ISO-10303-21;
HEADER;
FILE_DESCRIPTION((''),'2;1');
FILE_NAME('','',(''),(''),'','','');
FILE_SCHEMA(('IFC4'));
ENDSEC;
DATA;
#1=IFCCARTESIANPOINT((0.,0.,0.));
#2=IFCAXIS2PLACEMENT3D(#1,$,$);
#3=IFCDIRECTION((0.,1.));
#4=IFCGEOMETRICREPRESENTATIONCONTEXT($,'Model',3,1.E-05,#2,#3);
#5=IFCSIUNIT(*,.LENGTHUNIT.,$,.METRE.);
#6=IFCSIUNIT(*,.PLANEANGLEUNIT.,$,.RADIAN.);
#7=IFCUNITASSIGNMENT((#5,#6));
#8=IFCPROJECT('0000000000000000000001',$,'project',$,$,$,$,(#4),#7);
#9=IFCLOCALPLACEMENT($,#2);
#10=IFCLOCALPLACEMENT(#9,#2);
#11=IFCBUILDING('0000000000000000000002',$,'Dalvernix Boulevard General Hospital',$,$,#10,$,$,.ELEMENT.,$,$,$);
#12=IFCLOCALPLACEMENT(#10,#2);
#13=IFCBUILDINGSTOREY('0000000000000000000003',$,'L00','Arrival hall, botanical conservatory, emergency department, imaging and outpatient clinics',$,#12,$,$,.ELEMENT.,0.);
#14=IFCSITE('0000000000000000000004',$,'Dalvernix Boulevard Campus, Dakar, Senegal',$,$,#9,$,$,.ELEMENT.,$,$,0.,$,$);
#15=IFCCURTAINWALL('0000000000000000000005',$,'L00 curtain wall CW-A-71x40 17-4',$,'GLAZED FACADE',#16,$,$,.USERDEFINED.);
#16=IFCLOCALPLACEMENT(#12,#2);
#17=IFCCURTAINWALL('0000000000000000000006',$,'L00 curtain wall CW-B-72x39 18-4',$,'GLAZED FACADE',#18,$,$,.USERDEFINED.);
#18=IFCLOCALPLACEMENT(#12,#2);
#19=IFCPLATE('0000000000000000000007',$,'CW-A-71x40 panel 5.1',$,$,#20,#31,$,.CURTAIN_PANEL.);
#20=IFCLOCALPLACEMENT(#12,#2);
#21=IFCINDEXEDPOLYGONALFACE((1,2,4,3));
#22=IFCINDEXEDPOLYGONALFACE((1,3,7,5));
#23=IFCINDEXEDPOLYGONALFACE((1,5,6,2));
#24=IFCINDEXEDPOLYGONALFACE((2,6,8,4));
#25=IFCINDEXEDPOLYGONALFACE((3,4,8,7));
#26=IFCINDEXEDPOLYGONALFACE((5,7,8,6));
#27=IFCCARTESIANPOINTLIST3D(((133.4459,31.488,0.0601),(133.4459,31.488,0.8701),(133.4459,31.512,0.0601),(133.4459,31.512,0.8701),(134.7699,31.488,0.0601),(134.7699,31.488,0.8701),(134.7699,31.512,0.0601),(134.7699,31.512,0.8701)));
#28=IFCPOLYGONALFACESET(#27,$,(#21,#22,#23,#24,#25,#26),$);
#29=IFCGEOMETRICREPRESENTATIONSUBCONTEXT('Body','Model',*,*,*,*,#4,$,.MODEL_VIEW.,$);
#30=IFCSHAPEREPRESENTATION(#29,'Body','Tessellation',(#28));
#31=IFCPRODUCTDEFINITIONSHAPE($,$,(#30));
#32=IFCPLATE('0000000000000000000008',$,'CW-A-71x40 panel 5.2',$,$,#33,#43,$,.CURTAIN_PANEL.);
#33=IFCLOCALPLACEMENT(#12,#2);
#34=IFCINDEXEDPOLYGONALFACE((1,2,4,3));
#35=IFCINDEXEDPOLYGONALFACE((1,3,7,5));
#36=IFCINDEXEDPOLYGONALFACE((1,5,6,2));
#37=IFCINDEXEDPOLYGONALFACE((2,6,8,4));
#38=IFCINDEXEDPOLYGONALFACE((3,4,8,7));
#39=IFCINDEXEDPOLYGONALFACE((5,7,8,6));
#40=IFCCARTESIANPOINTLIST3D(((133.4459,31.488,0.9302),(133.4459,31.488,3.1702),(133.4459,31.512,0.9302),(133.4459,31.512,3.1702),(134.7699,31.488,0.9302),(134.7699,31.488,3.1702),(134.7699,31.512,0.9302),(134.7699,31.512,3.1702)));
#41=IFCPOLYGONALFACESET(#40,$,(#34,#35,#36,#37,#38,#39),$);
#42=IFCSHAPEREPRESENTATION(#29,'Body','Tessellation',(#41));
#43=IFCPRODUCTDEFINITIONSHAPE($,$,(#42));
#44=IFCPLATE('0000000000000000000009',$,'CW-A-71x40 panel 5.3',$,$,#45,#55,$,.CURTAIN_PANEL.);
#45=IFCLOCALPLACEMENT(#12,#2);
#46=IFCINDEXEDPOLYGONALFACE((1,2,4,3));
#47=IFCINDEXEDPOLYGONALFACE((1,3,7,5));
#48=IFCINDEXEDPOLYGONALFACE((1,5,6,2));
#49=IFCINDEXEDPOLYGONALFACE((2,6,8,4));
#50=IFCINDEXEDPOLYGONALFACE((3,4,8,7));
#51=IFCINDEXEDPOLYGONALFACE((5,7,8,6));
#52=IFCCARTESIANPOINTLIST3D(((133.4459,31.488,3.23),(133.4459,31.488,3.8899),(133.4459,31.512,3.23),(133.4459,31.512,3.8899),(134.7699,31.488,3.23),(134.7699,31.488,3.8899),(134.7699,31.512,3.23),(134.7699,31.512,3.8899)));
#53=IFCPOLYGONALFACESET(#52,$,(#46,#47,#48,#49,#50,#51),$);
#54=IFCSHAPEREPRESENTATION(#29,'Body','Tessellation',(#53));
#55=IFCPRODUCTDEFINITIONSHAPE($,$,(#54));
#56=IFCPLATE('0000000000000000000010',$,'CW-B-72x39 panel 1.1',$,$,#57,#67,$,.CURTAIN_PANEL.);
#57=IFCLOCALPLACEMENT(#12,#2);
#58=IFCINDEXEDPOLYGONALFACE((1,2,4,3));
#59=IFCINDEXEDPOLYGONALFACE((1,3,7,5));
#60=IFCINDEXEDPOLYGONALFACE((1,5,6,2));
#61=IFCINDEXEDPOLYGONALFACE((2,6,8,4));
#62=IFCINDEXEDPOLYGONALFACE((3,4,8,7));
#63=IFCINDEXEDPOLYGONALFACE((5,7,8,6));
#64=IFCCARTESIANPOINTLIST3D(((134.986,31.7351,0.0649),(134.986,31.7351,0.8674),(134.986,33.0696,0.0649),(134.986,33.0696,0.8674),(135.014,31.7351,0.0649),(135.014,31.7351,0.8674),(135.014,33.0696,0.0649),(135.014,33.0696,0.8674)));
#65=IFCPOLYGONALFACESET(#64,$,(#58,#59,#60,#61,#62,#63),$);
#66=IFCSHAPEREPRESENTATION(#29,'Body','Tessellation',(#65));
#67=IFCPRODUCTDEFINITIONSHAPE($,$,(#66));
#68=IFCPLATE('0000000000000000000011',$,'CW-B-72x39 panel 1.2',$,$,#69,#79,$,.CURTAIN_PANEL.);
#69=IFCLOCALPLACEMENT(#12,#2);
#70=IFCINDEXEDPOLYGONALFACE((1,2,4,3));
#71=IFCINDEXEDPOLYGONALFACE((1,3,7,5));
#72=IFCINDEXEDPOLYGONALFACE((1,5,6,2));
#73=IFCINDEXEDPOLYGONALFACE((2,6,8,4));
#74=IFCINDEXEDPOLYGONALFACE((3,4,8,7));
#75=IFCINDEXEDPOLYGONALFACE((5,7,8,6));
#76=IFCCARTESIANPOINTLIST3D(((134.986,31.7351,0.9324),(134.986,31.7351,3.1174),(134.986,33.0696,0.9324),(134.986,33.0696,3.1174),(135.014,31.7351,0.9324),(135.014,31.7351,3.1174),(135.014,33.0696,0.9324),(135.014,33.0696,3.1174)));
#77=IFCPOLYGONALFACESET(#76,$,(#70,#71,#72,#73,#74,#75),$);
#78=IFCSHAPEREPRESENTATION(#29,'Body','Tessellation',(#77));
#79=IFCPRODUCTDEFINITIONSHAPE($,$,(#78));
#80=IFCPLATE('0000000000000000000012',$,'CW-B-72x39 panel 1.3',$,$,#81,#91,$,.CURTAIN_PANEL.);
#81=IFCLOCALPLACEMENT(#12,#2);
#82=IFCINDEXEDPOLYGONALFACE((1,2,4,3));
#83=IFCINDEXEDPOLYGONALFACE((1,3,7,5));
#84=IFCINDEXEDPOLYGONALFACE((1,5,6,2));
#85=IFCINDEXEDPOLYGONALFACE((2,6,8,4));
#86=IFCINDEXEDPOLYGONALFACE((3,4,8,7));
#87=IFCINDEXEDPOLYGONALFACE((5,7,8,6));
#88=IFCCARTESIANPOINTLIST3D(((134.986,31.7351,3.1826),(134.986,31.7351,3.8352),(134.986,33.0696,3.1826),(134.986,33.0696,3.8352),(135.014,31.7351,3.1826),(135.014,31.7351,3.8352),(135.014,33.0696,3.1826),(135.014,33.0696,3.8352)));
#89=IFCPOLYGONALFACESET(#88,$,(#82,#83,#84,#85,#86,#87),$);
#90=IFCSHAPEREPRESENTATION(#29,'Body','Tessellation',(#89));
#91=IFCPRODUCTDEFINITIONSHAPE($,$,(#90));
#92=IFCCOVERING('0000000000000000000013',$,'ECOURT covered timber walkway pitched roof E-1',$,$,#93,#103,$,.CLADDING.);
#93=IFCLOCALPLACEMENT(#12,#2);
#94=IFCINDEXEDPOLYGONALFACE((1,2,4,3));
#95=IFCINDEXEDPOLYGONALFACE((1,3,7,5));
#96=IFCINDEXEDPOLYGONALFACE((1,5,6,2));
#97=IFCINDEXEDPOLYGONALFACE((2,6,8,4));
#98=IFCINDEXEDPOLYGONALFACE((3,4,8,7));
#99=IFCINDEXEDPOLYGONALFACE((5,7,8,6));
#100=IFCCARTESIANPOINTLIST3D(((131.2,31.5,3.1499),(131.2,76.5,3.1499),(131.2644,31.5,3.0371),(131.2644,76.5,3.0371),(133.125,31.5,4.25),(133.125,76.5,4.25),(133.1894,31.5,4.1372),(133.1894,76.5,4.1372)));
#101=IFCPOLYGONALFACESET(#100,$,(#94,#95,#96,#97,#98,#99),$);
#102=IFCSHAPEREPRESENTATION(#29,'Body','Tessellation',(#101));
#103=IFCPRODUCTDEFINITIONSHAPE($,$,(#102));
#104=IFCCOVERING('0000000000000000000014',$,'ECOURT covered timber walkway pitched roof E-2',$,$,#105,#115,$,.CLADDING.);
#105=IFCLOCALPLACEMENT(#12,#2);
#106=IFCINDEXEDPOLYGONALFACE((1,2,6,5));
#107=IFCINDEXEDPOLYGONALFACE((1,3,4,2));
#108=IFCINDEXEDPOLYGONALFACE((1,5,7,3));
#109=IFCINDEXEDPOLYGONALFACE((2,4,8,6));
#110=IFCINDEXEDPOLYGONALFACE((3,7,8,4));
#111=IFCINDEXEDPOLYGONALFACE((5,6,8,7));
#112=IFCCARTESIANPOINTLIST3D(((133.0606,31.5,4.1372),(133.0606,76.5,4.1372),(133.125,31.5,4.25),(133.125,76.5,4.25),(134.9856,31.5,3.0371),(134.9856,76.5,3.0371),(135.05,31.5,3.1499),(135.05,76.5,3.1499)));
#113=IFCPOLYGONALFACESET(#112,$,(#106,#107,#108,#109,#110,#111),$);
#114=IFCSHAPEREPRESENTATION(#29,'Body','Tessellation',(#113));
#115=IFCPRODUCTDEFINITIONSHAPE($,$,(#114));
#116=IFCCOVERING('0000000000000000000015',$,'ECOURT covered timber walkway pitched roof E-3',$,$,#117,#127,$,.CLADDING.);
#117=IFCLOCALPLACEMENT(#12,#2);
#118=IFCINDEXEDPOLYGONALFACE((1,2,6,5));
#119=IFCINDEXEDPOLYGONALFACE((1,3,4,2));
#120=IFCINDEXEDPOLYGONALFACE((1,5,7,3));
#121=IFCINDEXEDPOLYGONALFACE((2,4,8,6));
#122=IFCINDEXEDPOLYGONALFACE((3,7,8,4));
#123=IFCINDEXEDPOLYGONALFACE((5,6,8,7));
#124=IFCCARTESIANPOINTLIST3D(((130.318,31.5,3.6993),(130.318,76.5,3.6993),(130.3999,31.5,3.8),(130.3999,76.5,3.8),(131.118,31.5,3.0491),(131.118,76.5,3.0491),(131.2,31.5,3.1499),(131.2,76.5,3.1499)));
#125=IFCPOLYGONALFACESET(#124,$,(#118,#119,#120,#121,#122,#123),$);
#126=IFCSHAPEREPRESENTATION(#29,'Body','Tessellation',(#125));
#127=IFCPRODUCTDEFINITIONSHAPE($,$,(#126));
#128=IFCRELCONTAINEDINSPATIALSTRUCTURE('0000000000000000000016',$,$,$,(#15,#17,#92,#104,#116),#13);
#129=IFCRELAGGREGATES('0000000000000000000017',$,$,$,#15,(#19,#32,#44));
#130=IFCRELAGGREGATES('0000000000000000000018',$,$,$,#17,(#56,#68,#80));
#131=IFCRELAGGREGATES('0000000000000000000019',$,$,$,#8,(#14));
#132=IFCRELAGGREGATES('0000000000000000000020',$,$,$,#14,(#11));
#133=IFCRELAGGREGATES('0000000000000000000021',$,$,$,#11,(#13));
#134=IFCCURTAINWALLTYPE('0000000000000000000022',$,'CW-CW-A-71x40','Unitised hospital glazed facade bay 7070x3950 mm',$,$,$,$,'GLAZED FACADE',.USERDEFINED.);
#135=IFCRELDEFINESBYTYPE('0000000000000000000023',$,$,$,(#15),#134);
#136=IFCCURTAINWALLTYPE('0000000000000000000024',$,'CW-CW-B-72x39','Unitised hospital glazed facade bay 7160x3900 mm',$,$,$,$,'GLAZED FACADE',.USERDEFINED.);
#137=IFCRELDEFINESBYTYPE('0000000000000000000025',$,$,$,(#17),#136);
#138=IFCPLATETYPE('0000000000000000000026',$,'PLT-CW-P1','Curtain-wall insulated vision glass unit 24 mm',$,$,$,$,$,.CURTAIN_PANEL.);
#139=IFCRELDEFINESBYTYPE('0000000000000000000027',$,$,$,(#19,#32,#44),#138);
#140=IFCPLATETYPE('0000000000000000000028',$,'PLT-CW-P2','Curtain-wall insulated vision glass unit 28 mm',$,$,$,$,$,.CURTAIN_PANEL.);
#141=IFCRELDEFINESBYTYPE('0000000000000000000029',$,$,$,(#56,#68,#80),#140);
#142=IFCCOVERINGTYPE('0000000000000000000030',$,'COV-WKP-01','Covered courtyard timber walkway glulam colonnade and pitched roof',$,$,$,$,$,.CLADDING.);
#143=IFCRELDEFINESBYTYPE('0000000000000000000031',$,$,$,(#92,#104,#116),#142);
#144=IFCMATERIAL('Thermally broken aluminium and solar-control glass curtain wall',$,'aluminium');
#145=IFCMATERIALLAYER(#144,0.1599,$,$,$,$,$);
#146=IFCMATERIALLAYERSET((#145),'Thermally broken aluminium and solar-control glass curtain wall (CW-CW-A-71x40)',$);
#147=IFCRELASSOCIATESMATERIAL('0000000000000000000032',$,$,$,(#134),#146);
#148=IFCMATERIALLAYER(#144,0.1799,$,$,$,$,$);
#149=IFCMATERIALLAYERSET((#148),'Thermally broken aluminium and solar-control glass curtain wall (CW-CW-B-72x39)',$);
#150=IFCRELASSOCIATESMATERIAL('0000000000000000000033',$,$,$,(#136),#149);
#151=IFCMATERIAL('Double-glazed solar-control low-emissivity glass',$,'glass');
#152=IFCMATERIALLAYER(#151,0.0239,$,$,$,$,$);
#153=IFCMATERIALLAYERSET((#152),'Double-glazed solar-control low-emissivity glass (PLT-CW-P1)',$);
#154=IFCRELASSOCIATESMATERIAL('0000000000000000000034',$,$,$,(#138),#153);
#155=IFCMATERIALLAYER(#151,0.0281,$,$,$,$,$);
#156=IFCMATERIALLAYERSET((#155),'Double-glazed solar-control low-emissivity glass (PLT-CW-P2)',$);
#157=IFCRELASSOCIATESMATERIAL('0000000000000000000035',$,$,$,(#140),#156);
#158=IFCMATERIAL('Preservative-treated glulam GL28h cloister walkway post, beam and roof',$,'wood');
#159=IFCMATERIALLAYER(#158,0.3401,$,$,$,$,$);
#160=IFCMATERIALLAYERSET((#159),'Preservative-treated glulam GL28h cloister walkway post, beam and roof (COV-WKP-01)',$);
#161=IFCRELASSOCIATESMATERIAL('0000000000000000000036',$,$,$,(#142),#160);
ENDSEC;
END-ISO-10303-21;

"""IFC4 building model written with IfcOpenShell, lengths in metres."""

from ifc_helpers import new_model, si_unit, direction, frame, origin, origin_2d, place, context, subcontext, project, spatial, polyline, rectangle, outline, extrude, material, layer, layer_set, type_object, element, aggregate, save


model = new_model("IFC4")

# Units and contexts
model_context = context("Model", 3, precision=1e-05, world=origin(), true_north=direction((0.0, 1.0)))
body_context = subcontext(model_context, "Body", "Model", "MODEL_VIEW")
ifc_project = project(units=[si_unit("LENGTHUNIT", "METRE"), si_unit("PLANEANGLEUNIT", "RADIAN")], contexts=[model_context])

# Site, building, storey
site_placement = place(None, origin())
site = spatial("IfcSite", under=ifc_project, at=site_placement, Name="Dalvernix Boulevard Campus, Dakar, Senegal", CompositionType="ELEMENT", RefElevation=0.0)
building_placement = place(site_placement, origin())
building = spatial("IfcBuilding", under=site, at=building_placement, Name="Dalvernix Boulevard General Hospital", CompositionType="ELEMENT")
storey_placement = place(building_placement, origin())
storey = spatial("IfcBuildingStorey", under=building, at=storey_placement, Name="L00", Description="Arrival hall, botanical conservatory, emergency department, imaging and outpatient clinics", CompositionType="ELEMENT", Elevation=0.0)

# Curtain walls
ifc_material_1 = material(Name="Thermally broken aluminium and solar-control glass curtain wall", Category="aluminium")
ifc_layer_1 = layer(ifc_material_1, 0.1599)
ifc_layer_set_1 = layer_set([ifc_layer_1], Name="Thermally broken aluminium and solar-control glass curtain wall (CW-CW-A-71x40)")
curtain_wall_type_1 = type_object("IfcCurtainWallType", Name="CW-CW-A-71x40", Description="Unitised hospital glazed facade bay 7070x3950 mm", ElementType="GLAZED FACADE", PredefinedType="USERDEFINED", material=ifc_layer_set_1)
curtain_wall_1_placement = place(storey_placement, origin())
curtain_wall_1 = element("IfcCurtainWall", 1, at=curtain_wall_1_placement, inside=storey, type_object=curtain_wall_type_1, Name="L00 curtain wall CW-A-71x40 17-4", ObjectType="GLAZED FACADE", PredefinedType="USERDEFINED")
ifc_layer_2 = layer(ifc_material_1, 0.1799)
ifc_layer_set_2 = layer_set([ifc_layer_2], Name="Thermally broken aluminium and solar-control glass curtain wall (CW-CW-B-72x39)")
curtain_wall_type_2 = type_object("IfcCurtainWallType", Name="CW-CW-B-72x39", Description="Unitised hospital glazed facade bay 7160x3900 mm", ElementType="GLAZED FACADE", PredefinedType="USERDEFINED", material=ifc_layer_set_2)
curtain_wall_2_placement = place(storey_placement, origin())
curtain_wall_2 = element("IfcCurtainWall", 2, at=curtain_wall_2_placement, inside=storey, type_object=curtain_wall_type_2, Name="L00 curtain wall CW-B-72x39 18-4", ObjectType="GLAZED FACADE", PredefinedType="USERDEFINED")

# Plates
ifc_material_2 = material(Name="Double-glazed solar-control low-emissivity glass", Category="glass")
ifc_layer_3 = layer(ifc_material_2, 0.0239)
ifc_layer_set_3 = layer_set([ifc_layer_3], Name="Double-glazed solar-control low-emissivity glass (PLT-CW-P1)")
plate_type_1 = type_object("IfcPlateType", Name="PLT-CW-P1", Description="Curtain-wall insulated vision glass unit 24 mm", PredefinedType="CURTAIN_PANEL", material=ifc_layer_set_3)
plate_1_placement = place(storey_placement, frame((134.1079, 31.5, 0.0601), z_axis=(0.0, 0.0, 1.0), x_axis=(1.0, 0.0, 0.0)))
plate_1 = element("IfcPlate", 3, at=plate_1_placement, type_object=plate_type_1, Name="CW-A-71x40 panel 5.1", PredefinedType="CURTAIN_PANEL", context=body_context, shape_type="SweptSolid", body=[
    extrude(rectangle(XDim=1.324, YDim=0.0239, at=origin_2d()), origin(), (0.0, 0.0, 1.0), 0.8101),
])
plate_2_placement = place(storey_placement, frame((134.1079, 31.5, 0.9302), z_axis=(0.0, 0.0, 1.0), x_axis=(1.0, 0.0, 0.0)))
plate_2 = element("IfcPlate", 4, at=plate_2_placement, type_object=plate_type_1, Name="CW-A-71x40 panel 5.2", PredefinedType="CURTAIN_PANEL", context=body_context, shape_type="SweptSolid", body=[
    extrude(rectangle(XDim=1.324, YDim=0.0239, at=origin_2d()), origin(), (0.0, 0.0, 1.0), 2.24),
])
plate_3_placement = place(storey_placement, frame((134.1079, 31.5, 3.23), z_axis=(0.0, 0.0, 1.0), x_axis=(1.0, 0.0, 0.0)))
plate_3 = element("IfcPlate", 5, at=plate_3_placement, type_object=plate_type_1, Name="CW-A-71x40 panel 5.3", PredefinedType="CURTAIN_PANEL", context=body_context, shape_type="SweptSolid", body=[
    extrude(rectangle(XDim=1.324, YDim=0.0239, at=origin_2d()), origin(), (0.0, 0.0, 1.0), 0.6599),
])
aggregate(curtain_wall_1, [plate_1, plate_2, plate_3])
ifc_layer_4 = layer(ifc_material_2, 0.0281)
ifc_layer_set_4 = layer_set([ifc_layer_4], Name="Double-glazed solar-control low-emissivity glass (PLT-CW-P2)")
plate_type_2 = type_object("IfcPlateType", Name="PLT-CW-P2", Description="Curtain-wall insulated vision glass unit 28 mm", PredefinedType="CURTAIN_PANEL", material=ifc_layer_set_4)
plate_4_placement = place(storey_placement, frame((135.0, 32.4023, 0.0649), z_axis=(0.0, 0.0, 1.0), x_axis=(0.0, 1.0, 0.0)))
plate_4 = element("IfcPlate", 6, at=plate_4_placement, type_object=plate_type_2, Name="CW-B-72x39 panel 1.1", PredefinedType="CURTAIN_PANEL", context=body_context, shape_type="SweptSolid", body=[
    extrude(rectangle(XDim=1.3345, YDim=0.0281, at=origin_2d()), origin(), (0.0, 0.0, 1.0), 0.8025),
])
plate_5_placement = place(storey_placement, frame((135.0, 32.4023, 0.9324), z_axis=(0.0, 0.0, 1.0), x_axis=(0.0, 1.0, 0.0)))
plate_5 = element("IfcPlate", 7, at=plate_5_placement, type_object=plate_type_2, Name="CW-B-72x39 panel 1.2", PredefinedType="CURTAIN_PANEL", context=body_context, shape_type="SweptSolid", body=[
    extrude(rectangle(XDim=1.3345, YDim=0.0281, at=origin_2d()), origin(), (0.0, 0.0, 1.0), 2.1851),
])
plate_6_placement = place(storey_placement, frame((135.0, 32.4023, 3.1826), z_axis=(0.0, 0.0, 1.0), x_axis=(0.0, 1.0, 0.0)))
plate_6 = element("IfcPlate", 8, at=plate_6_placement, type_object=plate_type_2, Name="CW-B-72x39 panel 1.3", PredefinedType="CURTAIN_PANEL", context=body_context, shape_type="SweptSolid", body=[
    extrude(rectangle(XDim=1.3345, YDim=0.0281, at=origin_2d()), origin(), (0.0, 0.0, 1.0), 0.6526),
])
aggregate(curtain_wall_2, [plate_4, plate_5, plate_6])

# Coverings
ifc_material_3 = material(Name="Preservative-treated glulam GL28h cloister walkway post, beam and roof", Category="wood")
ifc_layer_5 = layer(ifc_material_3, 0.3401)
ifc_layer_set_5 = layer_set([ifc_layer_5], Name="Preservative-treated glulam GL28h cloister walkway post, beam and roof (COV-WKP-01)")
covering_type = type_object("IfcCoveringType", Name="COV-WKP-01", Description="Covered courtyard timber walkway glulam colonnade and pitched roof", PredefinedType="CLADDING", material=ifc_layer_set_5)
for number, where, z_axis, x_axis, name in (
    (9, (131.2, 31.5, 3.1499), (-0.496163, 0.0, 0.86823), (0.86823, 0.0, 0.496163), "ECOURT covered timber walkway pitched roof E-1"),
    (10, (133.125, 31.5, 4.25), (0.496163, 0.0, 0.86823), (0.86823, 0.0, -0.496163), "ECOURT covered timber walkway pitched roof E-2"),
):
    element("IfcCovering", number, at=place(storey_placement, frame(where, z_axis=z_axis, x_axis=x_axis)), inside=storey, type_object=covering_type, Name=name, PredefinedType="CLADDING", context=body_context, shape_type="SweptSolid", body=[
        extrude(outline(polyline([(0.0, 0.0), (2.2172, 0.0), (2.2172, 45.0), (0.0, 45.0), (0.0, 0.0)])), origin(), (0.0, 0.0, -1.0), 0.1299),
    ])
covering_placement = place(storey_placement, frame((131.2, 31.5, 3.1499), z_axis=(0.630655, 0.0, 0.776063), x_axis=(-0.776063, 0.0, 0.630655)))
element("IfcCovering", 11, at=covering_placement, inside=storey, type_object=covering_type, Name="ECOURT covered timber walkway pitched roof E-3", PredefinedType="CLADDING", context=body_context, shape_type="SweptSolid", body=[
    extrude(outline(polyline([(0.0, 0.0), (1.0309, 0.0), (1.0309, -45.0), (0.0, -45.0), (0.0, 0.0)])), origin(), (0.0, 0.0, -1.0), 0.1299),
])

save(model, "model.ifc")
